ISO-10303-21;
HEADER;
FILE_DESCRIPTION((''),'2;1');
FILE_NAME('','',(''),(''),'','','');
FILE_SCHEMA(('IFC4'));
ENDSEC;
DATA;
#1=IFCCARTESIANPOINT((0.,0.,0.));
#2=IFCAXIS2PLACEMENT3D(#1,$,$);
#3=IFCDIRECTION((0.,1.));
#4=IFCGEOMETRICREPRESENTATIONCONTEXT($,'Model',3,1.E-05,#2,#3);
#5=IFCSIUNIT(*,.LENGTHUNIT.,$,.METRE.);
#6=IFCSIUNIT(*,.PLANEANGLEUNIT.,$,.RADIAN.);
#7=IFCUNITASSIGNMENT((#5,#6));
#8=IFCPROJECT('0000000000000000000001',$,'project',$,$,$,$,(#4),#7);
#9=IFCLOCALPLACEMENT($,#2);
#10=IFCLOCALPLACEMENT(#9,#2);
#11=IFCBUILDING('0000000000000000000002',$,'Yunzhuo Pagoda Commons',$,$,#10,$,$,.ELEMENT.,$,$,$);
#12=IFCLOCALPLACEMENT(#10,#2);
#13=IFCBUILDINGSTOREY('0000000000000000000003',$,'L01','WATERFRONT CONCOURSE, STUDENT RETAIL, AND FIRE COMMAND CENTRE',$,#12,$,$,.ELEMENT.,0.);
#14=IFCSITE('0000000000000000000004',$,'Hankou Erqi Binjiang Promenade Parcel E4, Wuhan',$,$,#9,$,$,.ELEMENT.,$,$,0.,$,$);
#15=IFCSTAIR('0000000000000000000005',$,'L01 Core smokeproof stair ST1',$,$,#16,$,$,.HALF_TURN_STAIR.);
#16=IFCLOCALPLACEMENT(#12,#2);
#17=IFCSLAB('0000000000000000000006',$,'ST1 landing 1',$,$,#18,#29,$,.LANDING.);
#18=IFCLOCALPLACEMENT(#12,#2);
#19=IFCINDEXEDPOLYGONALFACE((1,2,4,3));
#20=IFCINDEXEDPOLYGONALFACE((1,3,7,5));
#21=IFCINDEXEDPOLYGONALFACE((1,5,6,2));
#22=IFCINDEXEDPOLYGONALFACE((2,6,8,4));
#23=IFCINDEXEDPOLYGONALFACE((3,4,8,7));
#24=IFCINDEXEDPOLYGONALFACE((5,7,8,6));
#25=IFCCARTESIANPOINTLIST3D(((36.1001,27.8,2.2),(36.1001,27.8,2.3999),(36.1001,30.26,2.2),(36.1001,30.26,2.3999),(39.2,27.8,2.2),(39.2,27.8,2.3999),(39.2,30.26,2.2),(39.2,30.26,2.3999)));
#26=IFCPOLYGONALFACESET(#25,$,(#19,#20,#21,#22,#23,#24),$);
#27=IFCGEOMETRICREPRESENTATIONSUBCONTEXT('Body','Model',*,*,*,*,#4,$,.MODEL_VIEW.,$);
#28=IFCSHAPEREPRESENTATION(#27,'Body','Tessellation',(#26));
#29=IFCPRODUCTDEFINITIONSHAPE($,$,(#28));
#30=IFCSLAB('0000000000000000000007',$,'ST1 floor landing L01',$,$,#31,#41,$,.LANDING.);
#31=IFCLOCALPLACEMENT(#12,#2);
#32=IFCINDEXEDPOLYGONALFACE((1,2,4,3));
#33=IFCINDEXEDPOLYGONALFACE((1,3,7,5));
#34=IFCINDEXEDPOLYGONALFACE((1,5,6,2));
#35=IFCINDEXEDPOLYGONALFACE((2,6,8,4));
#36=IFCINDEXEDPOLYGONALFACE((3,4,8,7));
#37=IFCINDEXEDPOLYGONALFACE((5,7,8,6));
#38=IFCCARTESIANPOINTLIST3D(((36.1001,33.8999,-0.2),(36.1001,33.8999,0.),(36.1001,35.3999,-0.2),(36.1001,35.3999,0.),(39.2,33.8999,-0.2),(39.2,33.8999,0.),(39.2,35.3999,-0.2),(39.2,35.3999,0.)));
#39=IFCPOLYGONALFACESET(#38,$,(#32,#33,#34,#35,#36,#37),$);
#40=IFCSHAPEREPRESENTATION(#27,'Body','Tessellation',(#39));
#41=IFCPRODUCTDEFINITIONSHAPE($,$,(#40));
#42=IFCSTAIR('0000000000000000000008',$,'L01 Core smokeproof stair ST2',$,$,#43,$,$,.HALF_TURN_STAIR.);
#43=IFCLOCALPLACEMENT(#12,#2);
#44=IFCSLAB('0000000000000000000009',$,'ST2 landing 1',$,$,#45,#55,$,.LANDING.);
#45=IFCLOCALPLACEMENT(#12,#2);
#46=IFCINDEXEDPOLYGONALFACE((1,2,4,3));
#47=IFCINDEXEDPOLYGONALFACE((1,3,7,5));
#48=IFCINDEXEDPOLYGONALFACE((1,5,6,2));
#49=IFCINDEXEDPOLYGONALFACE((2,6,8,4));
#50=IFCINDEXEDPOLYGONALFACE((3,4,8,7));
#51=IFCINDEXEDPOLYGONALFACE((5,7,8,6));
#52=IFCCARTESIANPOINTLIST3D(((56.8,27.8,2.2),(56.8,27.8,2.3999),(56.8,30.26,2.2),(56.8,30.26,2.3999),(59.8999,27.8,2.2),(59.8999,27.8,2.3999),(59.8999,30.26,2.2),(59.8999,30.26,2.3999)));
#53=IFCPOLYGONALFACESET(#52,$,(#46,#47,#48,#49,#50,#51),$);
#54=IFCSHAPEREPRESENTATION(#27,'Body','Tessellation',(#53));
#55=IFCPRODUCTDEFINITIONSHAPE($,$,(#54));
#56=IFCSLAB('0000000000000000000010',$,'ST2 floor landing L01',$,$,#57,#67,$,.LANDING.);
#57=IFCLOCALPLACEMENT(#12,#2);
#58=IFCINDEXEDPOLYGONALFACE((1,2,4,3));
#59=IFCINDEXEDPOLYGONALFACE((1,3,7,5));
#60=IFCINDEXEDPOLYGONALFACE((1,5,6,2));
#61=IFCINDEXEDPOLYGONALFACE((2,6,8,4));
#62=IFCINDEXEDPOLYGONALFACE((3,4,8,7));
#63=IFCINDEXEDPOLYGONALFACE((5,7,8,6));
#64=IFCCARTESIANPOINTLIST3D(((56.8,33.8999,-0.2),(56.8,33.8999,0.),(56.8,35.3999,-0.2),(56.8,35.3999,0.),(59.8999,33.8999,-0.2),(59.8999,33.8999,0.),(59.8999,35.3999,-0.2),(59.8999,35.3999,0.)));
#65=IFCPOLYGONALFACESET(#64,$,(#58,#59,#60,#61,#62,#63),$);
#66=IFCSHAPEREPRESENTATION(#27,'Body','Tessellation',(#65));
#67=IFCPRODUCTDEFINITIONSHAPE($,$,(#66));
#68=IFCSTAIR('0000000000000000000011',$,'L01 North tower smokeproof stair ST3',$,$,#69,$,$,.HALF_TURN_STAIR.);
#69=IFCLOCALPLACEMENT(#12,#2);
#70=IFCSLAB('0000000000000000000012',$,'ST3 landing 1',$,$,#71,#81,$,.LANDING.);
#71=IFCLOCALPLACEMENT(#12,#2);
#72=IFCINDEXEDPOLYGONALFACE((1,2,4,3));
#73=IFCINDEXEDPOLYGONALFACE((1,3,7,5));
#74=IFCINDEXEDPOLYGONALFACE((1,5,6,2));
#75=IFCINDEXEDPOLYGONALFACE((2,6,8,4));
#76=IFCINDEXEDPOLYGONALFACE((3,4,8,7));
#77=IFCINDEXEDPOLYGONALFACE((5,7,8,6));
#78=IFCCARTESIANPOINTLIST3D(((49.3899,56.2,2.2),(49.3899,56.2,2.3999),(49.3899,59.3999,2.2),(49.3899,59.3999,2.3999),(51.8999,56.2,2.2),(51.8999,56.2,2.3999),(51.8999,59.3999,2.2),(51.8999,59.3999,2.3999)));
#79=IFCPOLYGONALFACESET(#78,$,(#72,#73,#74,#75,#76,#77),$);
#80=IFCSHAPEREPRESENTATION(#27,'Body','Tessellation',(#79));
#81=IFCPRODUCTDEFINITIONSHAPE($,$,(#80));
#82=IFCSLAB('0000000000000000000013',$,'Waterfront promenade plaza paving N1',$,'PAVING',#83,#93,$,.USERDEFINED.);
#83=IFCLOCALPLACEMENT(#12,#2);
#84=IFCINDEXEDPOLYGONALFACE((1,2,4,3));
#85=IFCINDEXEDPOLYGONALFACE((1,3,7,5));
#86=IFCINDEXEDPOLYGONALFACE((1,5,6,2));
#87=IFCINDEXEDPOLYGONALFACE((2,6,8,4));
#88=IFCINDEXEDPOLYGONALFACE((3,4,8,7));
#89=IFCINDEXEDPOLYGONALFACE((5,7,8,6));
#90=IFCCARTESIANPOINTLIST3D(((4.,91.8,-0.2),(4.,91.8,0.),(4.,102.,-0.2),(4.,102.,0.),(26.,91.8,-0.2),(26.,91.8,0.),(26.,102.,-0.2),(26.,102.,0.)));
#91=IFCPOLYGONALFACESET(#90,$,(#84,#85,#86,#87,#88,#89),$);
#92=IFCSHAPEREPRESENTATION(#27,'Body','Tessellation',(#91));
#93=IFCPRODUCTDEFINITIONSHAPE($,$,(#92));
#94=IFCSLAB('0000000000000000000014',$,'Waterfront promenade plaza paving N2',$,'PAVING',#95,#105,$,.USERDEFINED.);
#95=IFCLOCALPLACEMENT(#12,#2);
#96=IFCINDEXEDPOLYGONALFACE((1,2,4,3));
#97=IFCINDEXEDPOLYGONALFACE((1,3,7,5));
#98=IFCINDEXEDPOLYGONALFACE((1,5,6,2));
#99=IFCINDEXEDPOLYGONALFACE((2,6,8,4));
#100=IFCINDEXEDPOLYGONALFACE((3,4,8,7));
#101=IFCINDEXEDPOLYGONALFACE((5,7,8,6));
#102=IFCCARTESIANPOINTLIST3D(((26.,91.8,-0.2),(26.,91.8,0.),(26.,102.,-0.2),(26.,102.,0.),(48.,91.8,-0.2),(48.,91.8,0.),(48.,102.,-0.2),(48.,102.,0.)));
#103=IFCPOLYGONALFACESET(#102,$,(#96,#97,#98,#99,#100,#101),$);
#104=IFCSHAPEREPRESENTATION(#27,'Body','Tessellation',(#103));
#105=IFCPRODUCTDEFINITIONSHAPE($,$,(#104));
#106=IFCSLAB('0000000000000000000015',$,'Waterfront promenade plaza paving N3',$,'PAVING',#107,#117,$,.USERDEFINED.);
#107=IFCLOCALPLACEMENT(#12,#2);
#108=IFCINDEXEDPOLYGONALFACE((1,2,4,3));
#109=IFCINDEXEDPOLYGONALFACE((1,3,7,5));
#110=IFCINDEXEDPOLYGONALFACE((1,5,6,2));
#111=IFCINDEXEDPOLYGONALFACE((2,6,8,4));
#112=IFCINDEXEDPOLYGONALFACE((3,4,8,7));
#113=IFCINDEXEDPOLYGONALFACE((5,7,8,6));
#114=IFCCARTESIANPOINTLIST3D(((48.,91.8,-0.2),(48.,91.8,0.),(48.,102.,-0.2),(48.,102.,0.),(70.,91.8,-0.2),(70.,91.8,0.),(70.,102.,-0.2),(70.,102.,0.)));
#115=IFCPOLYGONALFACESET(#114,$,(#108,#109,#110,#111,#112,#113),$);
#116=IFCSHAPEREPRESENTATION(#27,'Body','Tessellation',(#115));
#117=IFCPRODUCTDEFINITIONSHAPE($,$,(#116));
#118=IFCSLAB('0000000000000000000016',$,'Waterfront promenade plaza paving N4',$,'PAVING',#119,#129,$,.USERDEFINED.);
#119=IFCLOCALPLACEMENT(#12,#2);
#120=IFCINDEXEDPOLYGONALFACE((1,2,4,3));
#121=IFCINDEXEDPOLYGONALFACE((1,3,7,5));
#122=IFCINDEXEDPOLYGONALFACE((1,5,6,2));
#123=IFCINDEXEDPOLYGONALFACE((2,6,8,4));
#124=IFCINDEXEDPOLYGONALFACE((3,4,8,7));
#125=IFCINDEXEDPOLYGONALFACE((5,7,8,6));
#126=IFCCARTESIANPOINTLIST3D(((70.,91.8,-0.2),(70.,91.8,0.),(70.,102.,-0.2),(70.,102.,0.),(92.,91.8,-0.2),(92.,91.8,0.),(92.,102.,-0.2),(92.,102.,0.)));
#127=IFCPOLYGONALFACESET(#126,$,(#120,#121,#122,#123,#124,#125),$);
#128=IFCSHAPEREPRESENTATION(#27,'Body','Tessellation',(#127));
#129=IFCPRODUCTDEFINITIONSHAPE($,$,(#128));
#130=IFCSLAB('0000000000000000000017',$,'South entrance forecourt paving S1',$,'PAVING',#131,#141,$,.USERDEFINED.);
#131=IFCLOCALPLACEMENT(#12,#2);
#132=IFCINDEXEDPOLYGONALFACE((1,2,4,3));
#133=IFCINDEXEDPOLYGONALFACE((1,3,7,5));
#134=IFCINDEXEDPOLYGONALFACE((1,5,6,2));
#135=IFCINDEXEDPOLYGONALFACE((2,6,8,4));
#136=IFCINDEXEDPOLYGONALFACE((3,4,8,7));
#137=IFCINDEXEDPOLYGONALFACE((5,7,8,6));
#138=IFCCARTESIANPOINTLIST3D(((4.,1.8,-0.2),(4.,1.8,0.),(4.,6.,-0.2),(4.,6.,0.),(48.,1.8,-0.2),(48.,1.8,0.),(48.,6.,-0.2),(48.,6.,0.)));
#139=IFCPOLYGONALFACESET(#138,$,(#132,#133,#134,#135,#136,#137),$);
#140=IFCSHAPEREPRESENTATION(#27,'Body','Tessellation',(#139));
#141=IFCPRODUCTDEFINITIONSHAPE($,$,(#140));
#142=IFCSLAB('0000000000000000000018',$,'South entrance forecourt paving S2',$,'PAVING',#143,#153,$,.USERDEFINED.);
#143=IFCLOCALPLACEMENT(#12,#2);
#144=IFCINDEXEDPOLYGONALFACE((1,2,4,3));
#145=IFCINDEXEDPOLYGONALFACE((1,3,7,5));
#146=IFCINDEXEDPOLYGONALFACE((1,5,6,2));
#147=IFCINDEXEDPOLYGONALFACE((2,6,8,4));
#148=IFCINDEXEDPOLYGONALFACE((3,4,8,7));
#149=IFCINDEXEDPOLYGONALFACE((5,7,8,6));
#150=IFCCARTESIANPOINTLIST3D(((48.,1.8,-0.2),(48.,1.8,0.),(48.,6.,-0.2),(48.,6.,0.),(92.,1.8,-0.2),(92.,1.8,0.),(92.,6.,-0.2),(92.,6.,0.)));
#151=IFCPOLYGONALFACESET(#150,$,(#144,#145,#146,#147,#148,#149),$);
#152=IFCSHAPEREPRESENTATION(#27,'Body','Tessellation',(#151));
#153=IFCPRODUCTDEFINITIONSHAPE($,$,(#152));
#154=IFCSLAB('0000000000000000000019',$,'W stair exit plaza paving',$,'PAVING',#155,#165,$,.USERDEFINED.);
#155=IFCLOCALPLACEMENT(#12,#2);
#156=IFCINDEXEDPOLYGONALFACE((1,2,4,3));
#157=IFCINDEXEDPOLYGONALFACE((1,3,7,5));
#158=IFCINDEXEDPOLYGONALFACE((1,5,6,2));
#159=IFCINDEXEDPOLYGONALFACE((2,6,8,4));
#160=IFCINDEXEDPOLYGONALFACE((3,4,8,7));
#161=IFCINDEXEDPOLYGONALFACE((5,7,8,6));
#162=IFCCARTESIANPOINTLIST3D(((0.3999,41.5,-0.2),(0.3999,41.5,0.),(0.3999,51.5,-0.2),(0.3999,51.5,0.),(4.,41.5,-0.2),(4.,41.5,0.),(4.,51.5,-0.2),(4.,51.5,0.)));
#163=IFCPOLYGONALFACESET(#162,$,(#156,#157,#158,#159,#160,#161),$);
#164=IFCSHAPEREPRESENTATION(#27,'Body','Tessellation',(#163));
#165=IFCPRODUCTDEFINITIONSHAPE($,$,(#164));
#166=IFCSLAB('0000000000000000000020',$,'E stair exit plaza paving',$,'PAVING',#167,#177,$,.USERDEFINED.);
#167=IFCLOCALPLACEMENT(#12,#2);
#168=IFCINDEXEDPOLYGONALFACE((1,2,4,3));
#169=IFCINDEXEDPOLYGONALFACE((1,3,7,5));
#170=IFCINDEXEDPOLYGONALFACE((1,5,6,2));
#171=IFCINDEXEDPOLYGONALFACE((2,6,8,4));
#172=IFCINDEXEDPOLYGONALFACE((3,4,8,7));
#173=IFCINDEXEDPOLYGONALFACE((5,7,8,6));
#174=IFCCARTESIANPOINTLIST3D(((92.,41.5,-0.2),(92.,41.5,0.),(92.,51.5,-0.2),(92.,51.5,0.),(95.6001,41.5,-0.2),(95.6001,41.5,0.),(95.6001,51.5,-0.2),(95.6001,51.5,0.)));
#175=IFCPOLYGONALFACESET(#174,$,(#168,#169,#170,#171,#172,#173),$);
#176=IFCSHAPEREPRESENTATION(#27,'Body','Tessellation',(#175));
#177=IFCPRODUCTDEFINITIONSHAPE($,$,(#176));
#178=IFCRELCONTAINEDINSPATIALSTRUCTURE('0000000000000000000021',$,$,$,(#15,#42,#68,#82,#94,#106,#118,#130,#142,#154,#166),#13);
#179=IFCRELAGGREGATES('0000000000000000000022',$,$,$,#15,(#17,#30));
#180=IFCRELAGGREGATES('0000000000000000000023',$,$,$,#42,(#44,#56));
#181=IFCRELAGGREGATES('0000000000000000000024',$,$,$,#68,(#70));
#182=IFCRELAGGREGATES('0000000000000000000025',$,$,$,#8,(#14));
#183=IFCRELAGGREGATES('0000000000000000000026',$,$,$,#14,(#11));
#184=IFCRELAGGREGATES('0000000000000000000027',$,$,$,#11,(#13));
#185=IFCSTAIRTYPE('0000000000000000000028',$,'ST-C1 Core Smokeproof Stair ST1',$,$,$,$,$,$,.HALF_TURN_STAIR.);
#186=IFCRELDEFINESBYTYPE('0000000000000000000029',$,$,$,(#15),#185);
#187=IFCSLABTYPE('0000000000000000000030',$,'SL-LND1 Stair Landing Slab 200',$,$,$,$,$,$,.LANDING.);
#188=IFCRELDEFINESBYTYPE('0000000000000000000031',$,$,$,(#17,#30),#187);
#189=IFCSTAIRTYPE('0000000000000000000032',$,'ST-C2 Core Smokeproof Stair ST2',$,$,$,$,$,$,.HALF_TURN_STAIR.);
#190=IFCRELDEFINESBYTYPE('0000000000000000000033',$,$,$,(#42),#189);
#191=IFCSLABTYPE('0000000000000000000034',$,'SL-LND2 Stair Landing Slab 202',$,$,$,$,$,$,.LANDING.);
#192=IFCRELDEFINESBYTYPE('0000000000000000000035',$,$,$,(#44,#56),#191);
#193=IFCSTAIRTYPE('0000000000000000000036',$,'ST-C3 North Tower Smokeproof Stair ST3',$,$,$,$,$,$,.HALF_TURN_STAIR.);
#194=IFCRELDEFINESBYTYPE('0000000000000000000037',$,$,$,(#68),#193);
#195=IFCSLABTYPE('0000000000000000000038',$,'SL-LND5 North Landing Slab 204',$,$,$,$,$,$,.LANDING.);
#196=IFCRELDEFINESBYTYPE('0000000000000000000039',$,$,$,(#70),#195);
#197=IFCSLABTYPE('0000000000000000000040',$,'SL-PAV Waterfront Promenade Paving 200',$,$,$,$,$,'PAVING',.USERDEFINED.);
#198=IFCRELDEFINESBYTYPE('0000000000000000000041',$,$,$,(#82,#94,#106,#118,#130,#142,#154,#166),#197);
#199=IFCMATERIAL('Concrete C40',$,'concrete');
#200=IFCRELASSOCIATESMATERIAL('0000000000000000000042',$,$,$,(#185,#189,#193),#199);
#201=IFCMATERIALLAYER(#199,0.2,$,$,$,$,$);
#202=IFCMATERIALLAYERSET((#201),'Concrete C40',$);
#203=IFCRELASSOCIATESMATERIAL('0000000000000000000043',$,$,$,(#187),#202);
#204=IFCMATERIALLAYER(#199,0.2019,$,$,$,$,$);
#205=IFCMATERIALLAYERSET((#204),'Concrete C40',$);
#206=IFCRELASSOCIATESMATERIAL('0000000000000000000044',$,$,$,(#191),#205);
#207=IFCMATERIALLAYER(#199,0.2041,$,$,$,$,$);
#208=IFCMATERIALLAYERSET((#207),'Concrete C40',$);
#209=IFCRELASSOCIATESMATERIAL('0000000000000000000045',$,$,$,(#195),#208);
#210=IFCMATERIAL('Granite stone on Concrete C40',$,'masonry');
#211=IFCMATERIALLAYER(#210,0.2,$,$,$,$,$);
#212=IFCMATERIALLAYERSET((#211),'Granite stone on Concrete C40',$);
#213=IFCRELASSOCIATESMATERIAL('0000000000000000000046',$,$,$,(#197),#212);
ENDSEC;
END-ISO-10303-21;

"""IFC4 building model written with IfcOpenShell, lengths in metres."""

from ifc_helpers import new_model, si_unit, direction, frame, origin, place, context, subcontext, project, spatial, polyline, outline, extrude, material, layer, layer_set, type_object, element, aggregate, save


model = new_model("IFC4")

# Units and contexts
model_context = context("Model", 3, precision=1e-05, world=origin(), true_north=direction((0.0, 1.0)))
body_context = subcontext(model_context, "Body", "Model", "MODEL_VIEW")
ifc_project = project(units=[si_unit("LENGTHUNIT", "METRE"), si_unit("PLANEANGLEUNIT", "RADIAN")], contexts=[model_context])

# Site, building, storey
site_placement = place(None, origin())
site = spatial("IfcSite", under=ifc_project, at=site_placement, Name="Hankou Erqi Binjiang Promenade Parcel E4, Wuhan", CompositionType="ELEMENT", RefElevation=0.0)
building_placement = place(site_placement, origin())
building = spatial("IfcBuilding", under=site, at=building_placement, Name="Yunzhuo Pagoda Commons", CompositionType="ELEMENT")
storey_placement = place(building_placement, origin())
storey = spatial("IfcBuildingStorey", under=building, at=storey_placement, Name="L01", Description="WATERFRONT CONCOURSE, STUDENT RETAIL, AND FIRE COMMAND CENTRE", CompositionType="ELEMENT", Elevation=0.0)

# Stairs, slabs
ifc_material_1 = material(Name="Concrete C40", Category="concrete")
stair_type_1 = type_object("IfcStairType", Name="ST-C1 Core Smokeproof Stair ST1", PredefinedType="HALF_TURN_STAIR", material=ifc_material_1)
stair_1_placement = place(storey_placement, origin())
stair_1 = element("IfcStair", 1, at=stair_1_placement, inside=storey, type_object=stair_type_1, Name="L01 Core smokeproof stair ST1", PredefinedType="HALF_TURN_STAIR")
ifc_layer_1 = layer(ifc_material_1, 0.2)
ifc_layer_set_1 = layer_set([ifc_layer_1], Name="Concrete C40")
slab_type_1 = type_object("IfcSlabType", Name="SL-LND1 Stair Landing Slab 200", PredefinedType="LANDING", material=ifc_layer_set_1)
slab_1_placement = place(storey_placement, frame((0.0, 0.0, 2.2)))
slab_1 = element("IfcSlab", 2, at=slab_1_placement, type_object=slab_type_1, Name="ST1 landing 1", PredefinedType="LANDING", context=body_context, shape_type="SweptSolid", body=[
    extrude(outline(polyline([(36.1001, 30.26), (36.1001, 27.8), (39.2, 27.8), (39.2, 30.26), (36.1001, 30.26)])), origin(), (0.0, 0.0, 1.0), 0.2),
])
slab_2_placement = place(storey_placement, frame((0.0, 0.0, -0.2)))
slab_2 = element("IfcSlab", 3, at=slab_2_placement, type_object=slab_type_1, Name="ST1 floor landing L01", PredefinedType="LANDING", context=body_context, shape_type="SweptSolid", body=[
    extrude(outline(polyline([(36.1001, 35.3999), (36.1001, 33.8999), (39.2, 33.8999), (39.2, 35.3999), (36.1001, 35.3999)])), origin(), (0.0, 0.0, 1.0), 0.2),
])
aggregate(stair_1, [slab_1, slab_2])
stair_type_2 = type_object("IfcStairType", Name="ST-C2 Core Smokeproof Stair ST2", PredefinedType="HALF_TURN_STAIR", material=ifc_material_1)
stair_2_placement = place(storey_placement, origin())
stair_2 = element("IfcStair", 4, at=stair_2_placement, inside=storey, type_object=stair_type_2, Name="L01 Core smokeproof stair ST2", PredefinedType="HALF_TURN_STAIR")
ifc_layer_2 = layer(ifc_material_1, 0.2019)
ifc_layer_set_2 = layer_set([ifc_layer_2], Name="Concrete C40")
slab_type_2 = type_object("IfcSlabType", Name="SL-LND2 Stair Landing Slab 202", PredefinedType="LANDING", material=ifc_layer_set_2)
slab_3_placement = place(storey_placement, frame((0.0, 0.0, 2.2)))
slab_3 = element("IfcSlab", 5, at=slab_3_placement, type_object=slab_type_2, Name="ST2 landing 1", PredefinedType="LANDING", context=body_context, shape_type="SweptSolid", body=[
    extrude(outline(polyline([(56.8, 30.26), (56.8, 27.8), (59.8999, 27.8), (59.8999, 30.26), (56.8, 30.26)])), origin(), (0.0, 0.0, 1.0), 0.2),
])
slab_4_placement = place(storey_placement, frame((0.0, 0.0, -0.2)))
slab_4 = element("IfcSlab", 6, at=slab_4_placement, type_object=slab_type_2, Name="ST2 floor landing L01", PredefinedType="LANDING", context=body_context, shape_type="SweptSolid", body=[
    extrude(outline(polyline([(56.8, 35.3999), (56.8, 33.8999), (59.8999, 33.8999), (59.8999, 35.3999), (56.8, 35.3999)])), origin(), (0.0, 0.0, 1.0), 0.2),
])
aggregate(stair_2, [slab_3, slab_4])

# Stair, slab
stair_type_3 = type_object("IfcStairType", Name="ST-C3 North Tower Smokeproof Stair ST3", PredefinedType="HALF_TURN_STAIR", material=ifc_material_1)
stair_3_placement = place(storey_placement, origin())
stair_3 = element("IfcStair", 7, at=stair_3_placement, inside=storey, type_object=stair_type_3, Name="L01 North tower smokeproof stair ST3", PredefinedType="HALF_TURN_STAIR")
ifc_layer_3 = layer(ifc_material_1, 0.2041)
ifc_layer_set_3 = layer_set([ifc_layer_3], Name="Concrete C40")
slab_type_3 = type_object("IfcSlabType", Name="SL-LND5 North Landing Slab 204", PredefinedType="LANDING", material=ifc_layer_set_3)
slab_5_placement = place(storey_placement, frame((0.0, 0.0, 2.2)))
slab_5 = element("IfcSlab", 8, at=slab_5_placement, type_object=slab_type_3, Name="ST3 landing 1", PredefinedType="LANDING", context=body_context, shape_type="SweptSolid", body=[
    extrude(outline(polyline([(49.3899, 56.2), (51.8999, 56.2), (51.8999, 59.3999), (49.3899, 59.3999), (49.3899, 56.2)])), origin(), (0.0, 0.0, 1.0), 0.2),
])
aggregate(stair_3, [slab_5])

# Slabs
ifc_material_2 = material(Name="Granite stone on Concrete C40", Category="masonry")
ifc_layer_4 = layer(ifc_material_2, 0.2)
ifc_layer_set_4 = layer_set([ifc_layer_4], Name="Granite stone on Concrete C40")
slab_type_4 = type_object("IfcSlabType", Name="SL-PAV Waterfront Promenade Paving 200", ElementType="PAVING", PredefinedType="USERDEFINED", material=ifc_layer_set_4)
slab_6_placement = place(storey_placement, frame((0.0, 0.0, -0.2)))
element("IfcSlab", 9, at=slab_6_placement, inside=storey, type_object=slab_type_4, Name="Waterfront promenade plaza paving N1", ObjectType="PAVING", PredefinedType="USERDEFINED", context=body_context, shape_type="SweptSolid", body=[
    extrude(outline(polyline([(4.0, 91.8), (26.0, 91.8), (26.0, 102.0), (4.0, 102.0), (4.0, 91.8)])), origin(), (0.0, 0.0, 1.0), 0.2),
])
slab_7_placement = place(storey_placement, frame((0.0, 0.0, -0.2)))
element("IfcSlab", 10, at=slab_7_placement, inside=storey, type_object=slab_type_4, Name="Waterfront promenade plaza paving N2", ObjectType="PAVING", PredefinedType="USERDEFINED", context=body_context, shape_type="SweptSolid", body=[
    extrude(outline(polyline([(26.0, 91.8), (48.0, 91.8), (48.0, 102.0), (26.0, 102.0), (26.0, 91.8)])), origin(), (0.0, 0.0, 1.0), 0.2),
])
slab_8_placement = place(storey_placement, frame((0.0, 0.0, -0.2)))
element("IfcSlab", 11, at=slab_8_placement, inside=storey, type_object=slab_type_4, Name="Waterfront promenade plaza paving N3", ObjectType="PAVING", PredefinedType="USERDEFINED", context=body_context, shape_type="SweptSolid", body=[
    extrude(outline(polyline([(48.0, 91.8), (70.0, 91.8), (70.0, 102.0), (48.0, 102.0), (48.0, 91.8)])), origin(), (0.0, 0.0, 1.0), 0.2),
])
slab_9_placement = place(storey_placement, frame((0.0, 0.0, -0.2)))
element("IfcSlab", 12, at=slab_9_placement, inside=storey, type_object=slab_type_4, Name="Waterfront promenade plaza paving N4", ObjectType="PAVING", PredefinedType="USERDEFINED", context=body_context, shape_type="SweptSolid", body=[
    extrude(outline(polyline([(70.0, 91.8), (92.0, 91.8), (92.0, 102.0), (70.0, 102.0), (70.0, 91.8)])), origin(), (0.0, 0.0, 1.0), 0.2),
])
slab_10_placement = place(storey_placement, frame((0.0, 0.0, -0.2)))
element("IfcSlab", 13, at=slab_10_placement, inside=storey, type_object=slab_type_4, Name="South entrance forecourt paving S1", ObjectType="PAVING", PredefinedType="USERDEFINED", context=body_context, shape_type="SweptSolid", body=[
    extrude(outline(polyline([(4.0, 1.8), (48.0, 1.8), (48.0, 6.0), (4.0, 6.0), (4.0, 1.8)])), origin(), (0.0, 0.0, 1.0), 0.2),
])
slab_11_placement = place(storey_placement, frame((0.0, 0.0, -0.2)))
element("IfcSlab", 14, at=slab_11_placement, inside=storey, type_object=slab_type_4, Name="South entrance forecourt paving S2", ObjectType="PAVING", PredefinedType="USERDEFINED", context=body_context, shape_type="SweptSolid", body=[
    extrude(outline(polyline([(48.0, 1.8), (92.0, 1.8), (92.0, 6.0), (48.0, 6.0), (48.0, 1.8)])), origin(), (0.0, 0.0, 1.0), 0.2),
])
slab_12_placement = place(storey_placement, frame((0.0, 0.0, -0.2)))
element("IfcSlab", 15, at=slab_12_placement, inside=storey, type_object=slab_type_4, Name="W stair exit plaza paving", ObjectType="PAVING", PredefinedType="USERDEFINED", context=body_context, shape_type="SweptSolid", body=[
    extrude(outline(polyline([(0.3999, 41.5), (4.0, 41.5), (4.0, 51.5), (0.3999, 51.5), (0.3999, 41.5)])), origin(), (0.0, 0.0, 1.0), 0.2),
])
slab_13_placement = place(storey_placement, frame((0.0, 0.0, -0.2)))
element("IfcSlab", 16, at=slab_13_placement, inside=storey, type_object=slab_type_4, Name="E stair exit plaza paving", ObjectType="PAVING", PredefinedType="USERDEFINED", context=body_context, shape_type="SweptSolid", body=[
    extrude(outline(polyline([(92.0, 41.5), (95.6001, 41.5), (95.6001, 51.5), (92.0, 51.5), (92.0, 41.5)])), origin(), (0.0, 0.0, 1.0), 0.2),
])

save(model, "model.ifc")
